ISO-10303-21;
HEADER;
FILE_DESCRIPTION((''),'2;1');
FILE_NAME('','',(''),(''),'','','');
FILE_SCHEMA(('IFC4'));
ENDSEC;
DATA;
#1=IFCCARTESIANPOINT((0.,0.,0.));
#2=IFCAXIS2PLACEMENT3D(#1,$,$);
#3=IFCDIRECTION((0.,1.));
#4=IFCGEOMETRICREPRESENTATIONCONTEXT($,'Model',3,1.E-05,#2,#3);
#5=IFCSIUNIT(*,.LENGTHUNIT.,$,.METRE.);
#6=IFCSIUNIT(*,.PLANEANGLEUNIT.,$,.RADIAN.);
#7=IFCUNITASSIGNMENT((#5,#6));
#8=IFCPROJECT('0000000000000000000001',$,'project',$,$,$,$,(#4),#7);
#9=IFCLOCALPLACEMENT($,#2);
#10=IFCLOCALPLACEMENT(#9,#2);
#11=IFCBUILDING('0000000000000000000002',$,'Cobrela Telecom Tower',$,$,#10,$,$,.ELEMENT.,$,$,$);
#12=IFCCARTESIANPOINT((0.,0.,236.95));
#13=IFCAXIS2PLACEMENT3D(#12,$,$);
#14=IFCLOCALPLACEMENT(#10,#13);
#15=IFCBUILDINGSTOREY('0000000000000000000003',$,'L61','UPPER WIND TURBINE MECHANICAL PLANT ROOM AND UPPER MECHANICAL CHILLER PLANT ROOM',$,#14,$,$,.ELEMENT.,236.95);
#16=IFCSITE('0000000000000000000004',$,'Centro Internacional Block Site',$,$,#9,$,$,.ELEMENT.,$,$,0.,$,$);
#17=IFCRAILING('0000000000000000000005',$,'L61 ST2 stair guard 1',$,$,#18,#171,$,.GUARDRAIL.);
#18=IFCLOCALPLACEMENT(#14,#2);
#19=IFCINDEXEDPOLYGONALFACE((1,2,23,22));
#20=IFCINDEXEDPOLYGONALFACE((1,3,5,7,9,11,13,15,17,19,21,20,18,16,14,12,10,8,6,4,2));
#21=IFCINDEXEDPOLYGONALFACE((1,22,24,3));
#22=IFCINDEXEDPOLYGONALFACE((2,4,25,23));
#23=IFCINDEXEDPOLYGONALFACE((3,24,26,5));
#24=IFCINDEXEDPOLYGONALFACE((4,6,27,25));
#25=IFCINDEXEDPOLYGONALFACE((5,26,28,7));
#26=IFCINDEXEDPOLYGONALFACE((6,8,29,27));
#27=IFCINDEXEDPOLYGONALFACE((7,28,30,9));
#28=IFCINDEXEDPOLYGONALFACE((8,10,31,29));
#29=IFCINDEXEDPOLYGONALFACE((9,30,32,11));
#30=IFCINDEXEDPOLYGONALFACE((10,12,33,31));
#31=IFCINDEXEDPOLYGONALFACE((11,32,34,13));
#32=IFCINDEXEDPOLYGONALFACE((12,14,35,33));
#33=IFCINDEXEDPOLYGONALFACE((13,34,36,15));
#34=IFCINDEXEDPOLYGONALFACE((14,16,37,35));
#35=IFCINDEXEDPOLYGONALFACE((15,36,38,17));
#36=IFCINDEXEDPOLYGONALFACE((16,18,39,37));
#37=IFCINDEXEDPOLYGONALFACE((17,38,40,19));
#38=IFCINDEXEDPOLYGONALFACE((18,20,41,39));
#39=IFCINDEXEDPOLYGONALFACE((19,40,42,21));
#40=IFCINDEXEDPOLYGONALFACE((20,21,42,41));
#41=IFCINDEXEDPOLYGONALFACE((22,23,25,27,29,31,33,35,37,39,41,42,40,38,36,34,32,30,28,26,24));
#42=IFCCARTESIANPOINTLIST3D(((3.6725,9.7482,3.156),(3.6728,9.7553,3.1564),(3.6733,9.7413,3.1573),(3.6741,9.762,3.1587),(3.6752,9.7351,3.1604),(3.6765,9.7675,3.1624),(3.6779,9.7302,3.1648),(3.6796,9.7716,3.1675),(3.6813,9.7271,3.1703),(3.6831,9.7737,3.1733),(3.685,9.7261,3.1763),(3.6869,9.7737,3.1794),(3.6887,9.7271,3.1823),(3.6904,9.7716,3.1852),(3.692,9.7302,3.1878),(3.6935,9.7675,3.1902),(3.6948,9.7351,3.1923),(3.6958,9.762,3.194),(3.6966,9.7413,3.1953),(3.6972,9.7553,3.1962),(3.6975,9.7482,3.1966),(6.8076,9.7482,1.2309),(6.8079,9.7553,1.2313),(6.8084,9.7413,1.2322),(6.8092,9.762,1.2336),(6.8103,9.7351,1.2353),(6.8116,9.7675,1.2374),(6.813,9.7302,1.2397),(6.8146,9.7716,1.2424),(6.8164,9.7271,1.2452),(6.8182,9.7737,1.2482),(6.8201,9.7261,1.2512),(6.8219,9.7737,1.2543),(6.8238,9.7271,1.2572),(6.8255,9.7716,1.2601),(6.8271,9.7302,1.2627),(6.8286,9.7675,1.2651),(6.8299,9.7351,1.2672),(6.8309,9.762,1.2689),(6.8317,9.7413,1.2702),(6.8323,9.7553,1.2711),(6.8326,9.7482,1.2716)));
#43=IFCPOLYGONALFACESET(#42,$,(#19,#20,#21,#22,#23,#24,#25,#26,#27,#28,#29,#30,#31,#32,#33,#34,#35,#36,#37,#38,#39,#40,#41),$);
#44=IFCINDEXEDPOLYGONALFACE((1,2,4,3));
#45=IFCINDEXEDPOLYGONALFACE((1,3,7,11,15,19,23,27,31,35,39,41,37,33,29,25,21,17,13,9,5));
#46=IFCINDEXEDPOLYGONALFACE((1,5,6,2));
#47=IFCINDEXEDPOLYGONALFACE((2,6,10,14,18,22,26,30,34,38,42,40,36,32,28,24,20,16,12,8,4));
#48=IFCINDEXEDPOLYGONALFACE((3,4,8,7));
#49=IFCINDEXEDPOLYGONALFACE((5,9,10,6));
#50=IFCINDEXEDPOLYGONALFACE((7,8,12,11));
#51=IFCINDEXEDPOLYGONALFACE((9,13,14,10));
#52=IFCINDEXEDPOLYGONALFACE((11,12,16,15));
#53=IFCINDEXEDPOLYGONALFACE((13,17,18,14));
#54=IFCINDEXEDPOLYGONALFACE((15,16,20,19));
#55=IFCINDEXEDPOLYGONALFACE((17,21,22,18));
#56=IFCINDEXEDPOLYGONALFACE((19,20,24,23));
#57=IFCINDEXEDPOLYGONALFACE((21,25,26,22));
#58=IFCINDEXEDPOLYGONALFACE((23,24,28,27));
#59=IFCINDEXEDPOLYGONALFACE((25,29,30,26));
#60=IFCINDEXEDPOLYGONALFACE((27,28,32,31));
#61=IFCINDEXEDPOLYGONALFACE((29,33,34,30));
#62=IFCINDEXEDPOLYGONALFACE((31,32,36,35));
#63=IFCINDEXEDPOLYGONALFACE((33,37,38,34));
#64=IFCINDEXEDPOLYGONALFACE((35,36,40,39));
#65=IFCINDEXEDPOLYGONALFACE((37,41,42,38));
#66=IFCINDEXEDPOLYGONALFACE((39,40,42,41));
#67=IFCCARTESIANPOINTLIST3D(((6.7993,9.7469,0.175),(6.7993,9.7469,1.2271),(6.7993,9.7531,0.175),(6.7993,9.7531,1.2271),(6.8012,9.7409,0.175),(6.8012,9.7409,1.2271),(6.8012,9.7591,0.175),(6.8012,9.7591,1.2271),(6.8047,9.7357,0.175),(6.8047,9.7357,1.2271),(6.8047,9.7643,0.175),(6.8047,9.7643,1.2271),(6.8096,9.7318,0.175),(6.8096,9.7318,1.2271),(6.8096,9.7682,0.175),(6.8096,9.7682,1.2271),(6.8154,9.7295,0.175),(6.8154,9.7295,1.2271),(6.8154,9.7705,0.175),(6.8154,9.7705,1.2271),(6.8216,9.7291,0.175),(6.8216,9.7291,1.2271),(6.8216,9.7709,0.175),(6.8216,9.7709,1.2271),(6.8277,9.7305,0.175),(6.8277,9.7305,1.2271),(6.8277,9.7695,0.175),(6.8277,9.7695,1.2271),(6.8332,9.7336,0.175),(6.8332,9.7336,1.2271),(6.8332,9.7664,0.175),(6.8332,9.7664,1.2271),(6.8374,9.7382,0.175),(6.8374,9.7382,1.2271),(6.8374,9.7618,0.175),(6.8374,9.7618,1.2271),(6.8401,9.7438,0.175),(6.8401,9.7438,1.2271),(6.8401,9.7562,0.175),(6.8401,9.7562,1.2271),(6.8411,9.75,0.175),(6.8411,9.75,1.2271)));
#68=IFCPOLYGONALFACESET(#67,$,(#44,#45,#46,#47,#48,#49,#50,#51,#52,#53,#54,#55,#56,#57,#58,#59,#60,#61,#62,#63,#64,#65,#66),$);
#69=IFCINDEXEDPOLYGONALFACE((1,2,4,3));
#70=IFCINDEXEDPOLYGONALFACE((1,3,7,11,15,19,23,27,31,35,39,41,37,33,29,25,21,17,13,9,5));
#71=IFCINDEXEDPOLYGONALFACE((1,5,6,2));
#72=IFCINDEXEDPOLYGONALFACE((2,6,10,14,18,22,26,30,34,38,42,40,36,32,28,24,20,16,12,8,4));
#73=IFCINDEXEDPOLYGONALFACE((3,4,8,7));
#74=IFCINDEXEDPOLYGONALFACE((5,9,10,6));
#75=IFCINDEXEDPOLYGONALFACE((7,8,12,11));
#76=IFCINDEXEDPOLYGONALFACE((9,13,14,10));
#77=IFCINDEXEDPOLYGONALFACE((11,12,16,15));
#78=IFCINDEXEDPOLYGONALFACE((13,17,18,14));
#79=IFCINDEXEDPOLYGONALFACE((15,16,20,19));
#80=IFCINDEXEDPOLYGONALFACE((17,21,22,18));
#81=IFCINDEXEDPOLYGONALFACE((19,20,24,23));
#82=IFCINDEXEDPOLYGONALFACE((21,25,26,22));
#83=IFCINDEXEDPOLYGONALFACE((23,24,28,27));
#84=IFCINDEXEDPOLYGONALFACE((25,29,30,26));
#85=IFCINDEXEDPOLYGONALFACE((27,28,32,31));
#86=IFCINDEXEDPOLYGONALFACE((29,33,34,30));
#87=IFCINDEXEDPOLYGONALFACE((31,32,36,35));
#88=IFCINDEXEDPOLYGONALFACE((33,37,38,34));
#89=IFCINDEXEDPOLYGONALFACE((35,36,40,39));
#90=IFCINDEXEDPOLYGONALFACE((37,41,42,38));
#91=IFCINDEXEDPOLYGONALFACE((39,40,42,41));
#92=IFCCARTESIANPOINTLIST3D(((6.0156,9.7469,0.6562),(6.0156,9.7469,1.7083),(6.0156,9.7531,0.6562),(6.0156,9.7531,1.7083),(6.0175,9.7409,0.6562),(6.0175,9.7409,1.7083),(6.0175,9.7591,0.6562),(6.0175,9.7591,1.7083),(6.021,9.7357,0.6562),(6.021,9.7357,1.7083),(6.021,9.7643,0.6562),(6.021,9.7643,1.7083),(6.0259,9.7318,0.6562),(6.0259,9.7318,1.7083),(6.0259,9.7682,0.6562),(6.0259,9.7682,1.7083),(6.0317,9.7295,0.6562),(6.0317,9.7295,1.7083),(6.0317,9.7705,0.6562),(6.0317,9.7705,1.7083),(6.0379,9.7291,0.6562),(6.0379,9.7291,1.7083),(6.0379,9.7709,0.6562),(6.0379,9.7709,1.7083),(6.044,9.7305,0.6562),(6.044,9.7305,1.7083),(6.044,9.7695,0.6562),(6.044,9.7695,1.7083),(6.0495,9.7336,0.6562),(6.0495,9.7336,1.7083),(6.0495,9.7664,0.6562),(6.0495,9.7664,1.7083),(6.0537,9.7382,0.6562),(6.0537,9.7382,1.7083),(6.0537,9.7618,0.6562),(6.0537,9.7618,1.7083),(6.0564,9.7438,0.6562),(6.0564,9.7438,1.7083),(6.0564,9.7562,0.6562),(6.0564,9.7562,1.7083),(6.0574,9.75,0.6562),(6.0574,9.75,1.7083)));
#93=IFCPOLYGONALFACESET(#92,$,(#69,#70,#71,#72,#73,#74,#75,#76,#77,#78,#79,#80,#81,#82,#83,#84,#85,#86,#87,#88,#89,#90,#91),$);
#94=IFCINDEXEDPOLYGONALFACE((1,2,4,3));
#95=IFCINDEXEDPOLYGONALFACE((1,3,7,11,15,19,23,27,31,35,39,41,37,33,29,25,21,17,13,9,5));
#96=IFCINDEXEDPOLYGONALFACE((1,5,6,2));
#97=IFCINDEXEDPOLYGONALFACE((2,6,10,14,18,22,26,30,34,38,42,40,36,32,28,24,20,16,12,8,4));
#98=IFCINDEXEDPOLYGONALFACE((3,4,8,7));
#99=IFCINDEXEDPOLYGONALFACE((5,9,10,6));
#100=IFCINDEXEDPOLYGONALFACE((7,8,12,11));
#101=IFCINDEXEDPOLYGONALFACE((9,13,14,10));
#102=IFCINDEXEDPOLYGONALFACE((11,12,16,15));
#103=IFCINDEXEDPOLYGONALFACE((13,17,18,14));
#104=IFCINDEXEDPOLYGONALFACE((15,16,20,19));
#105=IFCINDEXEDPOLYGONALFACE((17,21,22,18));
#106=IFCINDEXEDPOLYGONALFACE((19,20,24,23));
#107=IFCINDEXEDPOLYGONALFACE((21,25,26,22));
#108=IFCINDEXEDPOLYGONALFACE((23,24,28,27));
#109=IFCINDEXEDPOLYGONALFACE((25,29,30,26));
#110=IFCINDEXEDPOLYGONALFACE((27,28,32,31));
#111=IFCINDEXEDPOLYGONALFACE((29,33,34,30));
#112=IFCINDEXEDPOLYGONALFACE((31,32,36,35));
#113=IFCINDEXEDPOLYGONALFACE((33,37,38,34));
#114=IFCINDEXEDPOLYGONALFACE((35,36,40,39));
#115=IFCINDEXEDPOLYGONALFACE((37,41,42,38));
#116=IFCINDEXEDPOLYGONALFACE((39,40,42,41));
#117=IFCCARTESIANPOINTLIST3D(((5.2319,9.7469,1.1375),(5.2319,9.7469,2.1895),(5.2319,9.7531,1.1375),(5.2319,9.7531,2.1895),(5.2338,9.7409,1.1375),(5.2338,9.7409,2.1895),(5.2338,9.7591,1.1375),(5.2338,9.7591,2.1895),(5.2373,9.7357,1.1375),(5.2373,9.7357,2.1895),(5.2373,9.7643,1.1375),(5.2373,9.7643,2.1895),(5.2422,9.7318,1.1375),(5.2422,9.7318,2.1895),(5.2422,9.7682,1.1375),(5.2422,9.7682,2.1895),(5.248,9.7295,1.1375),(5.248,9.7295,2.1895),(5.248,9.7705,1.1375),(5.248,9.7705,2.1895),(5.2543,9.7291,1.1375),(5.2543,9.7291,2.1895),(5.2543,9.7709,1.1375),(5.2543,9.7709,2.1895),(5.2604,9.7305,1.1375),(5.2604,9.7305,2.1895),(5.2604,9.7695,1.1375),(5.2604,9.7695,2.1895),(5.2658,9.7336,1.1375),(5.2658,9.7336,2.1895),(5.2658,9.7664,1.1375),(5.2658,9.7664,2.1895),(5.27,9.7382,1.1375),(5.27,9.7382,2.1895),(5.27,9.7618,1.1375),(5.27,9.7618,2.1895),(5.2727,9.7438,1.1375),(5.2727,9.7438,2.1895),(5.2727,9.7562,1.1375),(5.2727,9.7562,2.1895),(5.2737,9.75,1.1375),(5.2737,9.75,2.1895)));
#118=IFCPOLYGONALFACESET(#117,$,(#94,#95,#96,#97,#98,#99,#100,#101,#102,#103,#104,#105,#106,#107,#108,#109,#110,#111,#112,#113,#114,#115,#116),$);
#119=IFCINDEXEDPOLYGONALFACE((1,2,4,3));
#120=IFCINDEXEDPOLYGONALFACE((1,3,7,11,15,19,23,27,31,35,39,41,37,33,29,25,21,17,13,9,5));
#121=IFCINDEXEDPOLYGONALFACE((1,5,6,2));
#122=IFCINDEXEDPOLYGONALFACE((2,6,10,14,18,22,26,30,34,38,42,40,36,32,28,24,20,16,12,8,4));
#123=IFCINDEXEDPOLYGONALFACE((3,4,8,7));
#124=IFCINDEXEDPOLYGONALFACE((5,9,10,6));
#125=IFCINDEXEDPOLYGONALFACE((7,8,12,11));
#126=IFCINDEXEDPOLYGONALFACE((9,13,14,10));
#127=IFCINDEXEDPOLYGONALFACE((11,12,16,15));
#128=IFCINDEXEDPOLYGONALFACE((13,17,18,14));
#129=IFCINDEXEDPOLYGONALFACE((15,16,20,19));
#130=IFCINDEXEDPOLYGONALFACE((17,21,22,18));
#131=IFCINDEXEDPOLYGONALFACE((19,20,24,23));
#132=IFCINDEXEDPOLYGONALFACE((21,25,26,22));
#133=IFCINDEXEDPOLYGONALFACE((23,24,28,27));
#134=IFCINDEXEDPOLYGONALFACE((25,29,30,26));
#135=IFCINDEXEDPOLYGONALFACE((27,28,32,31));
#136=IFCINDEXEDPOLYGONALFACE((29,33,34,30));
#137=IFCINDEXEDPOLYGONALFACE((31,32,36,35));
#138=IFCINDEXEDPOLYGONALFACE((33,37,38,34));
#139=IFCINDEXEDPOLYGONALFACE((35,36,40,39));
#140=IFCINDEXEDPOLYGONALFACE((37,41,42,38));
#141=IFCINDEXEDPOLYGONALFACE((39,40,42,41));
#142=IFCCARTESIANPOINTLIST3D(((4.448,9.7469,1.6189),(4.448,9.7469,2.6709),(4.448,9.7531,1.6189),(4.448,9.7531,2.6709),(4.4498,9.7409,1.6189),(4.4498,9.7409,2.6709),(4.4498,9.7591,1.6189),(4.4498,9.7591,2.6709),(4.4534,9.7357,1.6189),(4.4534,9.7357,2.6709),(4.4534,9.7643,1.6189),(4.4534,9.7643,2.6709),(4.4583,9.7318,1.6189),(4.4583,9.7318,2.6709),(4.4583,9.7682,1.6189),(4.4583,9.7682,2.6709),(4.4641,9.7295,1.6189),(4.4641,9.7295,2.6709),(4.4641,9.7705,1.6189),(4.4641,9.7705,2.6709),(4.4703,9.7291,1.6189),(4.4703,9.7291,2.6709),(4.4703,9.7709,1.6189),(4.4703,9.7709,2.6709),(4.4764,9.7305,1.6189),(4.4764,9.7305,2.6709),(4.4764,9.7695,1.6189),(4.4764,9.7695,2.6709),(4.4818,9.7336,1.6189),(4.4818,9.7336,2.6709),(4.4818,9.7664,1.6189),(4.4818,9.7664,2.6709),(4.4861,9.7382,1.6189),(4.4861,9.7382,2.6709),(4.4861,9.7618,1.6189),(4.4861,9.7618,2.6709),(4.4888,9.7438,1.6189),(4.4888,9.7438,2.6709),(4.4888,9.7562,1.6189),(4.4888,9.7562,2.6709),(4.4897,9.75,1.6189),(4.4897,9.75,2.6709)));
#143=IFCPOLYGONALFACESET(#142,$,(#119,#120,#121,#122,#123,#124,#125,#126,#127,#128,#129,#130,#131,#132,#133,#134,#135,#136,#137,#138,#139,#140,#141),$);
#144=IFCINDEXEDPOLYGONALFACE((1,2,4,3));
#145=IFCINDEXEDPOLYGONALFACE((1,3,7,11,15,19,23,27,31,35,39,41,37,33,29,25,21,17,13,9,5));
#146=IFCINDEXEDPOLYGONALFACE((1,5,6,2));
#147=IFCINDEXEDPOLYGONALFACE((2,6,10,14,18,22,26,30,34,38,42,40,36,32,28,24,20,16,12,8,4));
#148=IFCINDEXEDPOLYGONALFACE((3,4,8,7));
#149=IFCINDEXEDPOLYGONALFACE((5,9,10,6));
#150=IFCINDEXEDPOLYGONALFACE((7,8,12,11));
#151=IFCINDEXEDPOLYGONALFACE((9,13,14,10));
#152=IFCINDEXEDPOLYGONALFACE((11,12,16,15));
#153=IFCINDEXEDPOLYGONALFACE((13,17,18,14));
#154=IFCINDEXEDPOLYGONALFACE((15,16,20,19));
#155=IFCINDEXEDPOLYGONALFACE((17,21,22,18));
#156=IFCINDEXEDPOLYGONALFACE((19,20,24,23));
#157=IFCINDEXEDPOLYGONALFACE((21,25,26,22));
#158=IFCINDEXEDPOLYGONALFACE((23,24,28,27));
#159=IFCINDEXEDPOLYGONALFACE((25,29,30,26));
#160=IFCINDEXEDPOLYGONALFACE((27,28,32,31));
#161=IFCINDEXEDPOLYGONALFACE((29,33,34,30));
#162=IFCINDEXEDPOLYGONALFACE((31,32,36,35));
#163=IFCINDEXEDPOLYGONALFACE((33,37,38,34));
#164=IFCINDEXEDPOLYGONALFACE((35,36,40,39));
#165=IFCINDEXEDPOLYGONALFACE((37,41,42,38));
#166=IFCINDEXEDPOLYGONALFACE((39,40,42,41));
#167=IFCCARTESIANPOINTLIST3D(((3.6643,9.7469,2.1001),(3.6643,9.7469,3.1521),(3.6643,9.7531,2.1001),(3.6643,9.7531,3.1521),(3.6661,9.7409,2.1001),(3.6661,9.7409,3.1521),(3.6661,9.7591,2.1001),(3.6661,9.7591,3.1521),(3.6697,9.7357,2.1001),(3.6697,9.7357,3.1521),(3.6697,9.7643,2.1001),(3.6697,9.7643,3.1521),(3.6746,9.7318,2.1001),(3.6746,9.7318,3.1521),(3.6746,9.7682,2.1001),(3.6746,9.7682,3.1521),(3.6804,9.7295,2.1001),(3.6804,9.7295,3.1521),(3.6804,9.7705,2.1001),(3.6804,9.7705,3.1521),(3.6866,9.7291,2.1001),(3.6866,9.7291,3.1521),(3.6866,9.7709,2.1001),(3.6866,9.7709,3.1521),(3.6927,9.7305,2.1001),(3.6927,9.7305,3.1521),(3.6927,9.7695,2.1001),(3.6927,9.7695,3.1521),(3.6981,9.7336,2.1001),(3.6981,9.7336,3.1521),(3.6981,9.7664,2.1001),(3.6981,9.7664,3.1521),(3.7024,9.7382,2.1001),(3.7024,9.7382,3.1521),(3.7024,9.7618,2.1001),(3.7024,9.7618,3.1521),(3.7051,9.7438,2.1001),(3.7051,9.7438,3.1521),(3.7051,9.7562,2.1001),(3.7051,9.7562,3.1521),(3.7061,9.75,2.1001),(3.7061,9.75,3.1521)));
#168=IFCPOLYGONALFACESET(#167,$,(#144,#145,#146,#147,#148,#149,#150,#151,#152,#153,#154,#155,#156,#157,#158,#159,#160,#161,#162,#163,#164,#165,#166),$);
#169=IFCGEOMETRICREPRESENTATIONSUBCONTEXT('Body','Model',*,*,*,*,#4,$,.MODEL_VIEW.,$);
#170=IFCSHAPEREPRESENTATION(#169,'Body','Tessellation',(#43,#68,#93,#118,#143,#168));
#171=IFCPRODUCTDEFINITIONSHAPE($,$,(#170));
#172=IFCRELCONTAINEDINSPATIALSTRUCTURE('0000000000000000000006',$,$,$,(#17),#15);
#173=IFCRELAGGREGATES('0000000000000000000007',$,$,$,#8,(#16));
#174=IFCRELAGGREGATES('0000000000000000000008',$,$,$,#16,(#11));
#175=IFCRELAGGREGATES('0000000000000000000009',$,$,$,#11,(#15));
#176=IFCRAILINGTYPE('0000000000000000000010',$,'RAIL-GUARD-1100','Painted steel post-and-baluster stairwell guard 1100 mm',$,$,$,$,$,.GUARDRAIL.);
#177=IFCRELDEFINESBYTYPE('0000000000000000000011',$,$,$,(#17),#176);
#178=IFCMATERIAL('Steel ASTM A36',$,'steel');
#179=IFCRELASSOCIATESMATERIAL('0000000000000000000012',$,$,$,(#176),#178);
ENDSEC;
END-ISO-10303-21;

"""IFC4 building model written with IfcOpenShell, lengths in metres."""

from ifc_helpers import new_model, si_unit, direction, frame, origin, origin_2d, place, context, subcontext, project, spatial, circle, extrude, material, type_object, element, save


model = new_model("IFC4")

# Units and contexts
model_context = context("Model", 3, precision=1e-05, world=origin(), true_north=direction((0.0, 1.0)))
body_context = subcontext(model_context, "Body", "Model", "MODEL_VIEW")
ifc_project = project(units=[si_unit("LENGTHUNIT", "METRE"), si_unit("PLANEANGLEUNIT", "RADIAN")], contexts=[model_context])

# Site, building, storey
site_placement = place(None, origin())
site = spatial("IfcSite", under=ifc_project, at=site_placement, Name="Centro Internacional Block Site", CompositionType="ELEMENT", RefElevation=0.0)
building_placement = place(site_placement, origin())
building = spatial("IfcBuilding", under=site, at=building_placement, Name="Cobrela Telecom Tower", CompositionType="ELEMENT")
storey_placement = place(building_placement, frame((0.0, 0.0, 236.95)))
storey = spatial("IfcBuildingStorey", under=building, at=storey_placement, Name="L61", Description="UPPER WIND TURBINE MECHANICAL PLANT ROOM AND UPPER MECHANICAL CHILLER PLANT ROOM", CompositionType="ELEMENT", Elevation=236.95)

# Shared definitions
ifc_material_1 = material(Name="Steel ASTM A36", Category="steel")

# Railing
railing_type_1 = type_object("IfcRailingType", Name="RAIL-GUARD-1100", Description="Painted steel post-and-baluster stairwell guard 1100 mm", PredefinedType="GUARDRAIL", material=ifc_material_1)
railing_1_placement = place(storey_placement, frame((6.8201, 9.75, 0.175)))
element("IfcRailing", 1, at=railing_1_placement, inside=storey, type_object=railing_type_1, Name="L61 ST2 stair guard 1", PredefinedType="GUARDRAIL", context=body_context, shape_type="SweptSolid", body=[
    extrude(circle(Radius=0.0239, at=origin_2d()), frame((0.0, 0.0, 1.0762), z_axis=(-0.852166, 0.0, 0.523271), x_axis=(0.0, -1.0, 0.0)), (0.0, 0.0, 1.0), 3.679),
    extrude(circle(Radius=0.021, at=origin_2d()), origin(), (0.0, 0.0, 1.0), 1.052),
    extrude(circle(Radius=0.021, at=origin_2d()), frame((-0.7837, 0.0, 0.4812)), (0.0, 0.0, 1.0), 1.052),
    extrude(circle(Radius=0.021, at=origin_2d()), frame((-1.5674, 0.0, 0.9624)), (0.0, 0.0, 1.0), 1.052),
    extrude(circle(Radius=0.021, at=origin_2d()), frame((-2.3513, 0.0, 1.4438)), (0.0, 0.0, 1.0), 1.052),
    extrude(circle(Radius=0.021, at=origin_2d()), frame((-3.135, 0.0, 1.925)), (0.0, 0.0, 1.0), 1.052),
])

save(model, "model.ifc")
